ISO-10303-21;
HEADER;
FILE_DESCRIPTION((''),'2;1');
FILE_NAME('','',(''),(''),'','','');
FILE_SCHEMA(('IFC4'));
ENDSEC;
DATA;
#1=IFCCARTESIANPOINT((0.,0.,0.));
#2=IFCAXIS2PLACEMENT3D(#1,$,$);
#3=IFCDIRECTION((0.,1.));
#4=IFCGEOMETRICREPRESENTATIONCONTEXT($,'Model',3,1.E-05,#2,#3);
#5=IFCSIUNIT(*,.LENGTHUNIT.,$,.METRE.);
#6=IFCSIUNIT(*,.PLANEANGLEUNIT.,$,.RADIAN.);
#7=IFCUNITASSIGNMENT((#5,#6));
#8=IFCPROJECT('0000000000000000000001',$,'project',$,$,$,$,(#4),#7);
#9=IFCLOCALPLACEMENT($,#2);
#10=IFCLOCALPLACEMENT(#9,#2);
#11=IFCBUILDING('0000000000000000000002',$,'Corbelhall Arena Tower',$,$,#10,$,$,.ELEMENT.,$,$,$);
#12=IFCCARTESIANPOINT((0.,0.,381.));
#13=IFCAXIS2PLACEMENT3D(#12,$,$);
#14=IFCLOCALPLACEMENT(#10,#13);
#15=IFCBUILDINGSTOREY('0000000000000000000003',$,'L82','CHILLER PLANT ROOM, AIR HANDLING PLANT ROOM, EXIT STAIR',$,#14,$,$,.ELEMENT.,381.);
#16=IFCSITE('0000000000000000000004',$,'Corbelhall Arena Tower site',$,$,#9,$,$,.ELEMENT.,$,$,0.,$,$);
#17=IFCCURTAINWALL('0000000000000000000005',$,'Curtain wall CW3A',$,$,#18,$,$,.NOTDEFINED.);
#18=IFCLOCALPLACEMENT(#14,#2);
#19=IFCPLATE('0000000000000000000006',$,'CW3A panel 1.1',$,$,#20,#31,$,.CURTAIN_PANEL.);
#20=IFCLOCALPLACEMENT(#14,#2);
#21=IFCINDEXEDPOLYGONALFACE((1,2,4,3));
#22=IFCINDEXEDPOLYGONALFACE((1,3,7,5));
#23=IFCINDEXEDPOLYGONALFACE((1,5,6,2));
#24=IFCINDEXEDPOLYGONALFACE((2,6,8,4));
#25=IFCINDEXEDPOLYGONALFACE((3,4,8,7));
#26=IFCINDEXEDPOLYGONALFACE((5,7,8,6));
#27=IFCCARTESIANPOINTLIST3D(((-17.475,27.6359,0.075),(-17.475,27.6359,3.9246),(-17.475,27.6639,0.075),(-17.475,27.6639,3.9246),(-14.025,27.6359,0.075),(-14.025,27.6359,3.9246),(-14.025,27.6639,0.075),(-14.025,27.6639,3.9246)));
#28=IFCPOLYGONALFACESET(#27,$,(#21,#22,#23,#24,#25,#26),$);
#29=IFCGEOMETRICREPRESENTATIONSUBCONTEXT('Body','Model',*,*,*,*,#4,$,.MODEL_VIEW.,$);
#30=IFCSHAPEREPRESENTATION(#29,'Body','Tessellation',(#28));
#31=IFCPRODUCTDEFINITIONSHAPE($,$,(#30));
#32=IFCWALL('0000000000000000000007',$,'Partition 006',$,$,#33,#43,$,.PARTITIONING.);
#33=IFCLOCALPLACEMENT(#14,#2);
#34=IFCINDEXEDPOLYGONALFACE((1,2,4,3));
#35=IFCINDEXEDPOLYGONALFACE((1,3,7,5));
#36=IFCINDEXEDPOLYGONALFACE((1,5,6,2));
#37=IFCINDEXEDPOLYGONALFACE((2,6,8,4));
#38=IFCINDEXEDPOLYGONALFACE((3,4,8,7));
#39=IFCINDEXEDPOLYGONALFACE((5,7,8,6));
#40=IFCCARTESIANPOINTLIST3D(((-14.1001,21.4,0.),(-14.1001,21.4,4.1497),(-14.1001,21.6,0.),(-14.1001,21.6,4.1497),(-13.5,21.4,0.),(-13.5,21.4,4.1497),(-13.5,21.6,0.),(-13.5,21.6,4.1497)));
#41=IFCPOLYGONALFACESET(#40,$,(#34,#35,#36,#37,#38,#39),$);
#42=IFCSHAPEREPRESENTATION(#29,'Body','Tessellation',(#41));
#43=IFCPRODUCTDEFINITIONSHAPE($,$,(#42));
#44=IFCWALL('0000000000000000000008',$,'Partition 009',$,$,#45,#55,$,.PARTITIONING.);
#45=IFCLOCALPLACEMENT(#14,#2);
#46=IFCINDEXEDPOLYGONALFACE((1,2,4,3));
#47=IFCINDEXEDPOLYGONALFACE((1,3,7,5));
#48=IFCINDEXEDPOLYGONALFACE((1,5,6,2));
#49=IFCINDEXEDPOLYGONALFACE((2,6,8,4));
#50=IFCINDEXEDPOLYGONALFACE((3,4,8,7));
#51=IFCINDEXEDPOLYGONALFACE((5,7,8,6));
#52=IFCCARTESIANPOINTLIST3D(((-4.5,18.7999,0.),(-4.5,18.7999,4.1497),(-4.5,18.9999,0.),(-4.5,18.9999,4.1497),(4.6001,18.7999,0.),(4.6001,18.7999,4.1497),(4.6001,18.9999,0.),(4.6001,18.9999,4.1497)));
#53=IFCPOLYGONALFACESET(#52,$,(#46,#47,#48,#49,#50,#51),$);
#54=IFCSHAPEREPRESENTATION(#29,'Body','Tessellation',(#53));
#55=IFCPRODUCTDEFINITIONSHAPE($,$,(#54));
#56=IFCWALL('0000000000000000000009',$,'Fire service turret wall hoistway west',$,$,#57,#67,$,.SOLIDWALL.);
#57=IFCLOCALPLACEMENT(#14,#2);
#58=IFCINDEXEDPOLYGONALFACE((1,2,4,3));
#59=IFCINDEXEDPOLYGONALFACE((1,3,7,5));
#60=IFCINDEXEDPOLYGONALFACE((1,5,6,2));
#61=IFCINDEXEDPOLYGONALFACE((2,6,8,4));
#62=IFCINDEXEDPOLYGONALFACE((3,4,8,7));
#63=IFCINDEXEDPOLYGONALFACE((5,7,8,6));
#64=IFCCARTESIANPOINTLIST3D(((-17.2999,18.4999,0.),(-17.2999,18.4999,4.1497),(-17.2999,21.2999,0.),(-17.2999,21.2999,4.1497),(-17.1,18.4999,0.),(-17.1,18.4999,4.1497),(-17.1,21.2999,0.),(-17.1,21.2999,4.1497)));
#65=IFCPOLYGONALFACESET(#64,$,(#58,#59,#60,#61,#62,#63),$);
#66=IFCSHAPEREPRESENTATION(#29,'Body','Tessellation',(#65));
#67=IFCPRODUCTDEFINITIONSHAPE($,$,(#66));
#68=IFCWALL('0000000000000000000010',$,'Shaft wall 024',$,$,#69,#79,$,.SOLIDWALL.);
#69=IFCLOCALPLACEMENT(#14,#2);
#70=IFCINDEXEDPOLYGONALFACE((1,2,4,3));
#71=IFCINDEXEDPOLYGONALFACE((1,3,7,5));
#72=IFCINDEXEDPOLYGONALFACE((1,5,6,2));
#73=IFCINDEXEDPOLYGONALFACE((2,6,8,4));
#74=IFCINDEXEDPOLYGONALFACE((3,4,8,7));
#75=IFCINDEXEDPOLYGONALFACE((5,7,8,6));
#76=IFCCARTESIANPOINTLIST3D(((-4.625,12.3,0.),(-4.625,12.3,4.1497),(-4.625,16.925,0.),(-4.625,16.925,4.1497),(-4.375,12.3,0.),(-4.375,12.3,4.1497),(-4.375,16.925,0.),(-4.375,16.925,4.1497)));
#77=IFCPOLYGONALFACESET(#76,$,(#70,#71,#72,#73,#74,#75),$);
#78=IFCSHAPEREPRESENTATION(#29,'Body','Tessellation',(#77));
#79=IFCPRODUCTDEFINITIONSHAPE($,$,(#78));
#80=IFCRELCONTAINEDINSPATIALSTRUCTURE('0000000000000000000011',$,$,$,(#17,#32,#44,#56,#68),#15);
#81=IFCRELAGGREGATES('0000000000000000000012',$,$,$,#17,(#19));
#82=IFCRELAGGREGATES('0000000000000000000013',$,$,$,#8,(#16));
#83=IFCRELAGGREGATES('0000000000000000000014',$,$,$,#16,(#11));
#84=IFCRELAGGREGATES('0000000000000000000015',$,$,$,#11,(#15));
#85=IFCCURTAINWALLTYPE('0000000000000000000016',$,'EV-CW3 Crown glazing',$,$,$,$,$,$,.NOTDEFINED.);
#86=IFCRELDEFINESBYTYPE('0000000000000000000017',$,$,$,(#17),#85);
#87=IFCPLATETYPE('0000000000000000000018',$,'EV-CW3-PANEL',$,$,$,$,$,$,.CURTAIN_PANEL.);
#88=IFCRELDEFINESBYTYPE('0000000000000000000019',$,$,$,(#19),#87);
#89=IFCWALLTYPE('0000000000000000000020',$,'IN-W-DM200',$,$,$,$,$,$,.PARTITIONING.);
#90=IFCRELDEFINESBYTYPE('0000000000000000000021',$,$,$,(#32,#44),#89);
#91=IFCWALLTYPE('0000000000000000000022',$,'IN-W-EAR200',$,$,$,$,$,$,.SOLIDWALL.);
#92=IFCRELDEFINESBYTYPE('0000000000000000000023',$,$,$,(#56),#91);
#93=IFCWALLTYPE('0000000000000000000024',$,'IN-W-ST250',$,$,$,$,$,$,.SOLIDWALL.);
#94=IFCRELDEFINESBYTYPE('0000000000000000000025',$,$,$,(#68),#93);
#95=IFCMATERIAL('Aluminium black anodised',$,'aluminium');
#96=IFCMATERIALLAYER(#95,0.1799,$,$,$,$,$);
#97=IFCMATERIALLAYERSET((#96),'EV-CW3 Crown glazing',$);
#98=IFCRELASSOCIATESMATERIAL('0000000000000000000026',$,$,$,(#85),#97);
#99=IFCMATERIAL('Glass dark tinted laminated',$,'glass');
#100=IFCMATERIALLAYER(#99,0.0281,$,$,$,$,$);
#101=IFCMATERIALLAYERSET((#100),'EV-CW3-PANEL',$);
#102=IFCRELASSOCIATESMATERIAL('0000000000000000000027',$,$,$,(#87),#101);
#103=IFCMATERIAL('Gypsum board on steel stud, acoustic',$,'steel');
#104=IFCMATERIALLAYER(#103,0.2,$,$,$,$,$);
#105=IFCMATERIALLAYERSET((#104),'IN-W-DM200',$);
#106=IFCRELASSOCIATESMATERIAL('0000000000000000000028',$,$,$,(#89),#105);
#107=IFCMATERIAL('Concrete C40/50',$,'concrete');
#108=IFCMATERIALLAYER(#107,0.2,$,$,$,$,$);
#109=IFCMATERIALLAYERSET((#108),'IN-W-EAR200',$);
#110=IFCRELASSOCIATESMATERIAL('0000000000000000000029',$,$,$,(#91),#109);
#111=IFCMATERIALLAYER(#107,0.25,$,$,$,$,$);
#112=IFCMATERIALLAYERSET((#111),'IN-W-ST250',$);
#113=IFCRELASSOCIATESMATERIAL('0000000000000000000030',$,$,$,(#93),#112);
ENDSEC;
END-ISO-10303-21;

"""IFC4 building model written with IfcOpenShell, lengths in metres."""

from ifc_helpers import new_model, si_unit, direction, frame, frame_2d, origin, origin_2d, place, context, subcontext, project, spatial, rectangle, extrude, material, layer, layer_set, type_object, element, aggregate, save


model = new_model("IFC4")

# Units and contexts
model_context = context("Model", 3, precision=1e-05, world=origin(), true_north=direction((0.0, 1.0)))
body_context = subcontext(model_context, "Body", "Model", "MODEL_VIEW")
ifc_project = project(units=[si_unit("LENGTHUNIT", "METRE"), si_unit("PLANEANGLEUNIT", "RADIAN")], contexts=[model_context])

# Site, building, storey
site_placement = place(None, origin())
site = spatial("IfcSite", under=ifc_project, at=site_placement, Name="Corbelhall Arena Tower site", CompositionType="ELEMENT", RefElevation=0.0)
building_placement = place(site_placement, origin())
building = spatial("IfcBuilding", under=site, at=building_placement, Name="Corbelhall Arena Tower", CompositionType="ELEMENT")
storey_placement = place(building_placement, frame((0.0, 0.0, 381.0)))
storey = spatial("IfcBuildingStorey", under=building, at=storey_placement, Name="L82", Description="CHILLER PLANT ROOM, AIR HANDLING PLANT ROOM, EXIT STAIR", CompositionType="ELEMENT", Elevation=381.0)

# Shared definitions
ifc_material_1 = material(Name="Aluminium black anodised", Category="aluminium")
ifc_layer_1 = layer(ifc_material_1, 0.1799)
ifc_layer_set_1 = layer_set([ifc_layer_1], Name="EV-CW3 Crown glazing")
curtain_wall_type = type_object("IfcCurtainWallType", Name="EV-CW3 Crown glazing", PredefinedType="NOTDEFINED", material=ifc_layer_set_1)

# Curtain wall
curtain_wall_1_placement = place(storey_placement, origin())
curtain_wall_1 = element("IfcCurtainWall", 1, at=curtain_wall_1_placement, inside=storey, type_object=curtain_wall_type, Name="Curtain wall CW3A", PredefinedType="NOTDEFINED")

# Plate
ifc_material_2 = material(Name="Glass dark tinted laminated", Category="glass")
ifc_layer_2 = layer(ifc_material_2, 0.0281)
ifc_layer_set_2 = layer_set([ifc_layer_2], Name="EV-CW3-PANEL")
plate_type = type_object("IfcPlateType", Name="EV-CW3-PANEL", PredefinedType="CURTAIN_PANEL", material=ifc_layer_set_2)
plate_1_placement = place(storey_placement, frame((-15.75, 27.6499, 0.075), z_axis=(0.0, 0.0, 1.0), x_axis=(-1.0, 0.0, 0.0)))
plate_1 = element("IfcPlate", 2, at=plate_1_placement, type_object=plate_type, Name="CW3A panel 1.1", PredefinedType="CURTAIN_PANEL", context=body_context, shape_type="SweptSolid", body=[
    extrude(rectangle(XDim=3.45, YDim=0.0281, at=origin_2d()), origin(), (0.0, 0.0, 1.0), 3.8496),
])
aggregate(curtain_wall_1, [plate_1])

# Wall
ifc_material_3 = material(Name="Gypsum board on steel stud, acoustic", Category="steel")
ifc_layer_3 = layer(ifc_material_3, 0.2)
ifc_layer_set_3 = layer_set([ifc_layer_3], Name="IN-W-DM200")
wall_type_1 = type_object("IfcWallType", Name="IN-W-DM200", PredefinedType="PARTITIONING", material=ifc_layer_set_3)
wall_1_placement = place(storey_placement, frame((-13.5, 21.5, 0.0), z_axis=(0.0, 0.0, 1.0), x_axis=(-1.0, 0.0, 0.0)))
element("IfcWall", 3, at=wall_1_placement, inside=storey, type_object=wall_type_1, Name="Partition 006", PredefinedType="PARTITIONING", context=body_context, shape_type="SweptSolid", body=[
    extrude(rectangle(XDim=0.6001, YDim=0.2, at=frame_2d((0.3, 0.0))), origin(), (0.0, 0.0, 1.0), 4.1497),
])

# Walls
wall_2_placement = place(storey_placement, frame((-4.5, 18.8999, 0.0), z_axis=(0.0, 0.0, 1.0), x_axis=(1.0, 0.0, 0.0)))
element("IfcWall", 4, at=wall_2_placement, inside=storey, type_object=wall_type_1, Name="Partition 009", PredefinedType="PARTITIONING", context=body_context, shape_type="SweptSolid", body=[
    extrude(rectangle(XDim=9.1001, YDim=0.2, at=frame_2d((4.55, 0.0))), origin(), (0.0, 0.0, 1.0), 4.1497),
])
ifc_material_4 = material(Name="Concrete C40/50", Category="concrete")
ifc_layer_4 = layer(ifc_material_4, 0.2)
ifc_layer_set_4 = layer_set([ifc_layer_4], Name="IN-W-EAR200")
wall_type_2 = type_object("IfcWallType", Name="IN-W-EAR200", PredefinedType="SOLIDWALL", material=ifc_layer_set_4)
wall_3_placement = place(storey_placement, frame((-17.2, 18.5, 0.0), z_axis=(0.0, 0.0, 1.0), x_axis=(0.0, 1.0, 0.0)))
element("IfcWall", 5, at=wall_3_placement, inside=storey, type_object=wall_type_2, Name="Fire service turret wall hoistway west", PredefinedType="SOLIDWALL", context=body_context, shape_type="SweptSolid", body=[
    extrude(rectangle(XDim=2.8, YDim=0.2, at=frame_2d((1.3999, 0.0))), origin(), (0.0, 0.0, 1.0), 4.1497),
])

# Wall
ifc_layer_5 = layer(ifc_material_4, 0.25)
ifc_layer_set_5 = layer_set([ifc_layer_5], Name="IN-W-ST250")
wall_type_3 = type_object("IfcWallType", Name="IN-W-ST250", PredefinedType="SOLIDWALL", material=ifc_layer_set_5)
wall_4_placement = place(storey_placement, frame((-4.5, 16.925, 0.0), z_axis=(0.0, 0.0, 1.0), x_axis=(0.0, -1.0, 0.0)))
element("IfcWall", 6, at=wall_4_placement, inside=storey, type_object=wall_type_3, Name="Shaft wall 024", PredefinedType="SOLIDWALL", context=body_context, shape_type="SweptSolid", body=[
    extrude(rectangle(XDim=4.625, YDim=0.25, at=frame_2d((2.3125, 0.0))), origin(), (0.0, 0.0, 1.0), 4.1497),
])

save(model, "model.ifc")
